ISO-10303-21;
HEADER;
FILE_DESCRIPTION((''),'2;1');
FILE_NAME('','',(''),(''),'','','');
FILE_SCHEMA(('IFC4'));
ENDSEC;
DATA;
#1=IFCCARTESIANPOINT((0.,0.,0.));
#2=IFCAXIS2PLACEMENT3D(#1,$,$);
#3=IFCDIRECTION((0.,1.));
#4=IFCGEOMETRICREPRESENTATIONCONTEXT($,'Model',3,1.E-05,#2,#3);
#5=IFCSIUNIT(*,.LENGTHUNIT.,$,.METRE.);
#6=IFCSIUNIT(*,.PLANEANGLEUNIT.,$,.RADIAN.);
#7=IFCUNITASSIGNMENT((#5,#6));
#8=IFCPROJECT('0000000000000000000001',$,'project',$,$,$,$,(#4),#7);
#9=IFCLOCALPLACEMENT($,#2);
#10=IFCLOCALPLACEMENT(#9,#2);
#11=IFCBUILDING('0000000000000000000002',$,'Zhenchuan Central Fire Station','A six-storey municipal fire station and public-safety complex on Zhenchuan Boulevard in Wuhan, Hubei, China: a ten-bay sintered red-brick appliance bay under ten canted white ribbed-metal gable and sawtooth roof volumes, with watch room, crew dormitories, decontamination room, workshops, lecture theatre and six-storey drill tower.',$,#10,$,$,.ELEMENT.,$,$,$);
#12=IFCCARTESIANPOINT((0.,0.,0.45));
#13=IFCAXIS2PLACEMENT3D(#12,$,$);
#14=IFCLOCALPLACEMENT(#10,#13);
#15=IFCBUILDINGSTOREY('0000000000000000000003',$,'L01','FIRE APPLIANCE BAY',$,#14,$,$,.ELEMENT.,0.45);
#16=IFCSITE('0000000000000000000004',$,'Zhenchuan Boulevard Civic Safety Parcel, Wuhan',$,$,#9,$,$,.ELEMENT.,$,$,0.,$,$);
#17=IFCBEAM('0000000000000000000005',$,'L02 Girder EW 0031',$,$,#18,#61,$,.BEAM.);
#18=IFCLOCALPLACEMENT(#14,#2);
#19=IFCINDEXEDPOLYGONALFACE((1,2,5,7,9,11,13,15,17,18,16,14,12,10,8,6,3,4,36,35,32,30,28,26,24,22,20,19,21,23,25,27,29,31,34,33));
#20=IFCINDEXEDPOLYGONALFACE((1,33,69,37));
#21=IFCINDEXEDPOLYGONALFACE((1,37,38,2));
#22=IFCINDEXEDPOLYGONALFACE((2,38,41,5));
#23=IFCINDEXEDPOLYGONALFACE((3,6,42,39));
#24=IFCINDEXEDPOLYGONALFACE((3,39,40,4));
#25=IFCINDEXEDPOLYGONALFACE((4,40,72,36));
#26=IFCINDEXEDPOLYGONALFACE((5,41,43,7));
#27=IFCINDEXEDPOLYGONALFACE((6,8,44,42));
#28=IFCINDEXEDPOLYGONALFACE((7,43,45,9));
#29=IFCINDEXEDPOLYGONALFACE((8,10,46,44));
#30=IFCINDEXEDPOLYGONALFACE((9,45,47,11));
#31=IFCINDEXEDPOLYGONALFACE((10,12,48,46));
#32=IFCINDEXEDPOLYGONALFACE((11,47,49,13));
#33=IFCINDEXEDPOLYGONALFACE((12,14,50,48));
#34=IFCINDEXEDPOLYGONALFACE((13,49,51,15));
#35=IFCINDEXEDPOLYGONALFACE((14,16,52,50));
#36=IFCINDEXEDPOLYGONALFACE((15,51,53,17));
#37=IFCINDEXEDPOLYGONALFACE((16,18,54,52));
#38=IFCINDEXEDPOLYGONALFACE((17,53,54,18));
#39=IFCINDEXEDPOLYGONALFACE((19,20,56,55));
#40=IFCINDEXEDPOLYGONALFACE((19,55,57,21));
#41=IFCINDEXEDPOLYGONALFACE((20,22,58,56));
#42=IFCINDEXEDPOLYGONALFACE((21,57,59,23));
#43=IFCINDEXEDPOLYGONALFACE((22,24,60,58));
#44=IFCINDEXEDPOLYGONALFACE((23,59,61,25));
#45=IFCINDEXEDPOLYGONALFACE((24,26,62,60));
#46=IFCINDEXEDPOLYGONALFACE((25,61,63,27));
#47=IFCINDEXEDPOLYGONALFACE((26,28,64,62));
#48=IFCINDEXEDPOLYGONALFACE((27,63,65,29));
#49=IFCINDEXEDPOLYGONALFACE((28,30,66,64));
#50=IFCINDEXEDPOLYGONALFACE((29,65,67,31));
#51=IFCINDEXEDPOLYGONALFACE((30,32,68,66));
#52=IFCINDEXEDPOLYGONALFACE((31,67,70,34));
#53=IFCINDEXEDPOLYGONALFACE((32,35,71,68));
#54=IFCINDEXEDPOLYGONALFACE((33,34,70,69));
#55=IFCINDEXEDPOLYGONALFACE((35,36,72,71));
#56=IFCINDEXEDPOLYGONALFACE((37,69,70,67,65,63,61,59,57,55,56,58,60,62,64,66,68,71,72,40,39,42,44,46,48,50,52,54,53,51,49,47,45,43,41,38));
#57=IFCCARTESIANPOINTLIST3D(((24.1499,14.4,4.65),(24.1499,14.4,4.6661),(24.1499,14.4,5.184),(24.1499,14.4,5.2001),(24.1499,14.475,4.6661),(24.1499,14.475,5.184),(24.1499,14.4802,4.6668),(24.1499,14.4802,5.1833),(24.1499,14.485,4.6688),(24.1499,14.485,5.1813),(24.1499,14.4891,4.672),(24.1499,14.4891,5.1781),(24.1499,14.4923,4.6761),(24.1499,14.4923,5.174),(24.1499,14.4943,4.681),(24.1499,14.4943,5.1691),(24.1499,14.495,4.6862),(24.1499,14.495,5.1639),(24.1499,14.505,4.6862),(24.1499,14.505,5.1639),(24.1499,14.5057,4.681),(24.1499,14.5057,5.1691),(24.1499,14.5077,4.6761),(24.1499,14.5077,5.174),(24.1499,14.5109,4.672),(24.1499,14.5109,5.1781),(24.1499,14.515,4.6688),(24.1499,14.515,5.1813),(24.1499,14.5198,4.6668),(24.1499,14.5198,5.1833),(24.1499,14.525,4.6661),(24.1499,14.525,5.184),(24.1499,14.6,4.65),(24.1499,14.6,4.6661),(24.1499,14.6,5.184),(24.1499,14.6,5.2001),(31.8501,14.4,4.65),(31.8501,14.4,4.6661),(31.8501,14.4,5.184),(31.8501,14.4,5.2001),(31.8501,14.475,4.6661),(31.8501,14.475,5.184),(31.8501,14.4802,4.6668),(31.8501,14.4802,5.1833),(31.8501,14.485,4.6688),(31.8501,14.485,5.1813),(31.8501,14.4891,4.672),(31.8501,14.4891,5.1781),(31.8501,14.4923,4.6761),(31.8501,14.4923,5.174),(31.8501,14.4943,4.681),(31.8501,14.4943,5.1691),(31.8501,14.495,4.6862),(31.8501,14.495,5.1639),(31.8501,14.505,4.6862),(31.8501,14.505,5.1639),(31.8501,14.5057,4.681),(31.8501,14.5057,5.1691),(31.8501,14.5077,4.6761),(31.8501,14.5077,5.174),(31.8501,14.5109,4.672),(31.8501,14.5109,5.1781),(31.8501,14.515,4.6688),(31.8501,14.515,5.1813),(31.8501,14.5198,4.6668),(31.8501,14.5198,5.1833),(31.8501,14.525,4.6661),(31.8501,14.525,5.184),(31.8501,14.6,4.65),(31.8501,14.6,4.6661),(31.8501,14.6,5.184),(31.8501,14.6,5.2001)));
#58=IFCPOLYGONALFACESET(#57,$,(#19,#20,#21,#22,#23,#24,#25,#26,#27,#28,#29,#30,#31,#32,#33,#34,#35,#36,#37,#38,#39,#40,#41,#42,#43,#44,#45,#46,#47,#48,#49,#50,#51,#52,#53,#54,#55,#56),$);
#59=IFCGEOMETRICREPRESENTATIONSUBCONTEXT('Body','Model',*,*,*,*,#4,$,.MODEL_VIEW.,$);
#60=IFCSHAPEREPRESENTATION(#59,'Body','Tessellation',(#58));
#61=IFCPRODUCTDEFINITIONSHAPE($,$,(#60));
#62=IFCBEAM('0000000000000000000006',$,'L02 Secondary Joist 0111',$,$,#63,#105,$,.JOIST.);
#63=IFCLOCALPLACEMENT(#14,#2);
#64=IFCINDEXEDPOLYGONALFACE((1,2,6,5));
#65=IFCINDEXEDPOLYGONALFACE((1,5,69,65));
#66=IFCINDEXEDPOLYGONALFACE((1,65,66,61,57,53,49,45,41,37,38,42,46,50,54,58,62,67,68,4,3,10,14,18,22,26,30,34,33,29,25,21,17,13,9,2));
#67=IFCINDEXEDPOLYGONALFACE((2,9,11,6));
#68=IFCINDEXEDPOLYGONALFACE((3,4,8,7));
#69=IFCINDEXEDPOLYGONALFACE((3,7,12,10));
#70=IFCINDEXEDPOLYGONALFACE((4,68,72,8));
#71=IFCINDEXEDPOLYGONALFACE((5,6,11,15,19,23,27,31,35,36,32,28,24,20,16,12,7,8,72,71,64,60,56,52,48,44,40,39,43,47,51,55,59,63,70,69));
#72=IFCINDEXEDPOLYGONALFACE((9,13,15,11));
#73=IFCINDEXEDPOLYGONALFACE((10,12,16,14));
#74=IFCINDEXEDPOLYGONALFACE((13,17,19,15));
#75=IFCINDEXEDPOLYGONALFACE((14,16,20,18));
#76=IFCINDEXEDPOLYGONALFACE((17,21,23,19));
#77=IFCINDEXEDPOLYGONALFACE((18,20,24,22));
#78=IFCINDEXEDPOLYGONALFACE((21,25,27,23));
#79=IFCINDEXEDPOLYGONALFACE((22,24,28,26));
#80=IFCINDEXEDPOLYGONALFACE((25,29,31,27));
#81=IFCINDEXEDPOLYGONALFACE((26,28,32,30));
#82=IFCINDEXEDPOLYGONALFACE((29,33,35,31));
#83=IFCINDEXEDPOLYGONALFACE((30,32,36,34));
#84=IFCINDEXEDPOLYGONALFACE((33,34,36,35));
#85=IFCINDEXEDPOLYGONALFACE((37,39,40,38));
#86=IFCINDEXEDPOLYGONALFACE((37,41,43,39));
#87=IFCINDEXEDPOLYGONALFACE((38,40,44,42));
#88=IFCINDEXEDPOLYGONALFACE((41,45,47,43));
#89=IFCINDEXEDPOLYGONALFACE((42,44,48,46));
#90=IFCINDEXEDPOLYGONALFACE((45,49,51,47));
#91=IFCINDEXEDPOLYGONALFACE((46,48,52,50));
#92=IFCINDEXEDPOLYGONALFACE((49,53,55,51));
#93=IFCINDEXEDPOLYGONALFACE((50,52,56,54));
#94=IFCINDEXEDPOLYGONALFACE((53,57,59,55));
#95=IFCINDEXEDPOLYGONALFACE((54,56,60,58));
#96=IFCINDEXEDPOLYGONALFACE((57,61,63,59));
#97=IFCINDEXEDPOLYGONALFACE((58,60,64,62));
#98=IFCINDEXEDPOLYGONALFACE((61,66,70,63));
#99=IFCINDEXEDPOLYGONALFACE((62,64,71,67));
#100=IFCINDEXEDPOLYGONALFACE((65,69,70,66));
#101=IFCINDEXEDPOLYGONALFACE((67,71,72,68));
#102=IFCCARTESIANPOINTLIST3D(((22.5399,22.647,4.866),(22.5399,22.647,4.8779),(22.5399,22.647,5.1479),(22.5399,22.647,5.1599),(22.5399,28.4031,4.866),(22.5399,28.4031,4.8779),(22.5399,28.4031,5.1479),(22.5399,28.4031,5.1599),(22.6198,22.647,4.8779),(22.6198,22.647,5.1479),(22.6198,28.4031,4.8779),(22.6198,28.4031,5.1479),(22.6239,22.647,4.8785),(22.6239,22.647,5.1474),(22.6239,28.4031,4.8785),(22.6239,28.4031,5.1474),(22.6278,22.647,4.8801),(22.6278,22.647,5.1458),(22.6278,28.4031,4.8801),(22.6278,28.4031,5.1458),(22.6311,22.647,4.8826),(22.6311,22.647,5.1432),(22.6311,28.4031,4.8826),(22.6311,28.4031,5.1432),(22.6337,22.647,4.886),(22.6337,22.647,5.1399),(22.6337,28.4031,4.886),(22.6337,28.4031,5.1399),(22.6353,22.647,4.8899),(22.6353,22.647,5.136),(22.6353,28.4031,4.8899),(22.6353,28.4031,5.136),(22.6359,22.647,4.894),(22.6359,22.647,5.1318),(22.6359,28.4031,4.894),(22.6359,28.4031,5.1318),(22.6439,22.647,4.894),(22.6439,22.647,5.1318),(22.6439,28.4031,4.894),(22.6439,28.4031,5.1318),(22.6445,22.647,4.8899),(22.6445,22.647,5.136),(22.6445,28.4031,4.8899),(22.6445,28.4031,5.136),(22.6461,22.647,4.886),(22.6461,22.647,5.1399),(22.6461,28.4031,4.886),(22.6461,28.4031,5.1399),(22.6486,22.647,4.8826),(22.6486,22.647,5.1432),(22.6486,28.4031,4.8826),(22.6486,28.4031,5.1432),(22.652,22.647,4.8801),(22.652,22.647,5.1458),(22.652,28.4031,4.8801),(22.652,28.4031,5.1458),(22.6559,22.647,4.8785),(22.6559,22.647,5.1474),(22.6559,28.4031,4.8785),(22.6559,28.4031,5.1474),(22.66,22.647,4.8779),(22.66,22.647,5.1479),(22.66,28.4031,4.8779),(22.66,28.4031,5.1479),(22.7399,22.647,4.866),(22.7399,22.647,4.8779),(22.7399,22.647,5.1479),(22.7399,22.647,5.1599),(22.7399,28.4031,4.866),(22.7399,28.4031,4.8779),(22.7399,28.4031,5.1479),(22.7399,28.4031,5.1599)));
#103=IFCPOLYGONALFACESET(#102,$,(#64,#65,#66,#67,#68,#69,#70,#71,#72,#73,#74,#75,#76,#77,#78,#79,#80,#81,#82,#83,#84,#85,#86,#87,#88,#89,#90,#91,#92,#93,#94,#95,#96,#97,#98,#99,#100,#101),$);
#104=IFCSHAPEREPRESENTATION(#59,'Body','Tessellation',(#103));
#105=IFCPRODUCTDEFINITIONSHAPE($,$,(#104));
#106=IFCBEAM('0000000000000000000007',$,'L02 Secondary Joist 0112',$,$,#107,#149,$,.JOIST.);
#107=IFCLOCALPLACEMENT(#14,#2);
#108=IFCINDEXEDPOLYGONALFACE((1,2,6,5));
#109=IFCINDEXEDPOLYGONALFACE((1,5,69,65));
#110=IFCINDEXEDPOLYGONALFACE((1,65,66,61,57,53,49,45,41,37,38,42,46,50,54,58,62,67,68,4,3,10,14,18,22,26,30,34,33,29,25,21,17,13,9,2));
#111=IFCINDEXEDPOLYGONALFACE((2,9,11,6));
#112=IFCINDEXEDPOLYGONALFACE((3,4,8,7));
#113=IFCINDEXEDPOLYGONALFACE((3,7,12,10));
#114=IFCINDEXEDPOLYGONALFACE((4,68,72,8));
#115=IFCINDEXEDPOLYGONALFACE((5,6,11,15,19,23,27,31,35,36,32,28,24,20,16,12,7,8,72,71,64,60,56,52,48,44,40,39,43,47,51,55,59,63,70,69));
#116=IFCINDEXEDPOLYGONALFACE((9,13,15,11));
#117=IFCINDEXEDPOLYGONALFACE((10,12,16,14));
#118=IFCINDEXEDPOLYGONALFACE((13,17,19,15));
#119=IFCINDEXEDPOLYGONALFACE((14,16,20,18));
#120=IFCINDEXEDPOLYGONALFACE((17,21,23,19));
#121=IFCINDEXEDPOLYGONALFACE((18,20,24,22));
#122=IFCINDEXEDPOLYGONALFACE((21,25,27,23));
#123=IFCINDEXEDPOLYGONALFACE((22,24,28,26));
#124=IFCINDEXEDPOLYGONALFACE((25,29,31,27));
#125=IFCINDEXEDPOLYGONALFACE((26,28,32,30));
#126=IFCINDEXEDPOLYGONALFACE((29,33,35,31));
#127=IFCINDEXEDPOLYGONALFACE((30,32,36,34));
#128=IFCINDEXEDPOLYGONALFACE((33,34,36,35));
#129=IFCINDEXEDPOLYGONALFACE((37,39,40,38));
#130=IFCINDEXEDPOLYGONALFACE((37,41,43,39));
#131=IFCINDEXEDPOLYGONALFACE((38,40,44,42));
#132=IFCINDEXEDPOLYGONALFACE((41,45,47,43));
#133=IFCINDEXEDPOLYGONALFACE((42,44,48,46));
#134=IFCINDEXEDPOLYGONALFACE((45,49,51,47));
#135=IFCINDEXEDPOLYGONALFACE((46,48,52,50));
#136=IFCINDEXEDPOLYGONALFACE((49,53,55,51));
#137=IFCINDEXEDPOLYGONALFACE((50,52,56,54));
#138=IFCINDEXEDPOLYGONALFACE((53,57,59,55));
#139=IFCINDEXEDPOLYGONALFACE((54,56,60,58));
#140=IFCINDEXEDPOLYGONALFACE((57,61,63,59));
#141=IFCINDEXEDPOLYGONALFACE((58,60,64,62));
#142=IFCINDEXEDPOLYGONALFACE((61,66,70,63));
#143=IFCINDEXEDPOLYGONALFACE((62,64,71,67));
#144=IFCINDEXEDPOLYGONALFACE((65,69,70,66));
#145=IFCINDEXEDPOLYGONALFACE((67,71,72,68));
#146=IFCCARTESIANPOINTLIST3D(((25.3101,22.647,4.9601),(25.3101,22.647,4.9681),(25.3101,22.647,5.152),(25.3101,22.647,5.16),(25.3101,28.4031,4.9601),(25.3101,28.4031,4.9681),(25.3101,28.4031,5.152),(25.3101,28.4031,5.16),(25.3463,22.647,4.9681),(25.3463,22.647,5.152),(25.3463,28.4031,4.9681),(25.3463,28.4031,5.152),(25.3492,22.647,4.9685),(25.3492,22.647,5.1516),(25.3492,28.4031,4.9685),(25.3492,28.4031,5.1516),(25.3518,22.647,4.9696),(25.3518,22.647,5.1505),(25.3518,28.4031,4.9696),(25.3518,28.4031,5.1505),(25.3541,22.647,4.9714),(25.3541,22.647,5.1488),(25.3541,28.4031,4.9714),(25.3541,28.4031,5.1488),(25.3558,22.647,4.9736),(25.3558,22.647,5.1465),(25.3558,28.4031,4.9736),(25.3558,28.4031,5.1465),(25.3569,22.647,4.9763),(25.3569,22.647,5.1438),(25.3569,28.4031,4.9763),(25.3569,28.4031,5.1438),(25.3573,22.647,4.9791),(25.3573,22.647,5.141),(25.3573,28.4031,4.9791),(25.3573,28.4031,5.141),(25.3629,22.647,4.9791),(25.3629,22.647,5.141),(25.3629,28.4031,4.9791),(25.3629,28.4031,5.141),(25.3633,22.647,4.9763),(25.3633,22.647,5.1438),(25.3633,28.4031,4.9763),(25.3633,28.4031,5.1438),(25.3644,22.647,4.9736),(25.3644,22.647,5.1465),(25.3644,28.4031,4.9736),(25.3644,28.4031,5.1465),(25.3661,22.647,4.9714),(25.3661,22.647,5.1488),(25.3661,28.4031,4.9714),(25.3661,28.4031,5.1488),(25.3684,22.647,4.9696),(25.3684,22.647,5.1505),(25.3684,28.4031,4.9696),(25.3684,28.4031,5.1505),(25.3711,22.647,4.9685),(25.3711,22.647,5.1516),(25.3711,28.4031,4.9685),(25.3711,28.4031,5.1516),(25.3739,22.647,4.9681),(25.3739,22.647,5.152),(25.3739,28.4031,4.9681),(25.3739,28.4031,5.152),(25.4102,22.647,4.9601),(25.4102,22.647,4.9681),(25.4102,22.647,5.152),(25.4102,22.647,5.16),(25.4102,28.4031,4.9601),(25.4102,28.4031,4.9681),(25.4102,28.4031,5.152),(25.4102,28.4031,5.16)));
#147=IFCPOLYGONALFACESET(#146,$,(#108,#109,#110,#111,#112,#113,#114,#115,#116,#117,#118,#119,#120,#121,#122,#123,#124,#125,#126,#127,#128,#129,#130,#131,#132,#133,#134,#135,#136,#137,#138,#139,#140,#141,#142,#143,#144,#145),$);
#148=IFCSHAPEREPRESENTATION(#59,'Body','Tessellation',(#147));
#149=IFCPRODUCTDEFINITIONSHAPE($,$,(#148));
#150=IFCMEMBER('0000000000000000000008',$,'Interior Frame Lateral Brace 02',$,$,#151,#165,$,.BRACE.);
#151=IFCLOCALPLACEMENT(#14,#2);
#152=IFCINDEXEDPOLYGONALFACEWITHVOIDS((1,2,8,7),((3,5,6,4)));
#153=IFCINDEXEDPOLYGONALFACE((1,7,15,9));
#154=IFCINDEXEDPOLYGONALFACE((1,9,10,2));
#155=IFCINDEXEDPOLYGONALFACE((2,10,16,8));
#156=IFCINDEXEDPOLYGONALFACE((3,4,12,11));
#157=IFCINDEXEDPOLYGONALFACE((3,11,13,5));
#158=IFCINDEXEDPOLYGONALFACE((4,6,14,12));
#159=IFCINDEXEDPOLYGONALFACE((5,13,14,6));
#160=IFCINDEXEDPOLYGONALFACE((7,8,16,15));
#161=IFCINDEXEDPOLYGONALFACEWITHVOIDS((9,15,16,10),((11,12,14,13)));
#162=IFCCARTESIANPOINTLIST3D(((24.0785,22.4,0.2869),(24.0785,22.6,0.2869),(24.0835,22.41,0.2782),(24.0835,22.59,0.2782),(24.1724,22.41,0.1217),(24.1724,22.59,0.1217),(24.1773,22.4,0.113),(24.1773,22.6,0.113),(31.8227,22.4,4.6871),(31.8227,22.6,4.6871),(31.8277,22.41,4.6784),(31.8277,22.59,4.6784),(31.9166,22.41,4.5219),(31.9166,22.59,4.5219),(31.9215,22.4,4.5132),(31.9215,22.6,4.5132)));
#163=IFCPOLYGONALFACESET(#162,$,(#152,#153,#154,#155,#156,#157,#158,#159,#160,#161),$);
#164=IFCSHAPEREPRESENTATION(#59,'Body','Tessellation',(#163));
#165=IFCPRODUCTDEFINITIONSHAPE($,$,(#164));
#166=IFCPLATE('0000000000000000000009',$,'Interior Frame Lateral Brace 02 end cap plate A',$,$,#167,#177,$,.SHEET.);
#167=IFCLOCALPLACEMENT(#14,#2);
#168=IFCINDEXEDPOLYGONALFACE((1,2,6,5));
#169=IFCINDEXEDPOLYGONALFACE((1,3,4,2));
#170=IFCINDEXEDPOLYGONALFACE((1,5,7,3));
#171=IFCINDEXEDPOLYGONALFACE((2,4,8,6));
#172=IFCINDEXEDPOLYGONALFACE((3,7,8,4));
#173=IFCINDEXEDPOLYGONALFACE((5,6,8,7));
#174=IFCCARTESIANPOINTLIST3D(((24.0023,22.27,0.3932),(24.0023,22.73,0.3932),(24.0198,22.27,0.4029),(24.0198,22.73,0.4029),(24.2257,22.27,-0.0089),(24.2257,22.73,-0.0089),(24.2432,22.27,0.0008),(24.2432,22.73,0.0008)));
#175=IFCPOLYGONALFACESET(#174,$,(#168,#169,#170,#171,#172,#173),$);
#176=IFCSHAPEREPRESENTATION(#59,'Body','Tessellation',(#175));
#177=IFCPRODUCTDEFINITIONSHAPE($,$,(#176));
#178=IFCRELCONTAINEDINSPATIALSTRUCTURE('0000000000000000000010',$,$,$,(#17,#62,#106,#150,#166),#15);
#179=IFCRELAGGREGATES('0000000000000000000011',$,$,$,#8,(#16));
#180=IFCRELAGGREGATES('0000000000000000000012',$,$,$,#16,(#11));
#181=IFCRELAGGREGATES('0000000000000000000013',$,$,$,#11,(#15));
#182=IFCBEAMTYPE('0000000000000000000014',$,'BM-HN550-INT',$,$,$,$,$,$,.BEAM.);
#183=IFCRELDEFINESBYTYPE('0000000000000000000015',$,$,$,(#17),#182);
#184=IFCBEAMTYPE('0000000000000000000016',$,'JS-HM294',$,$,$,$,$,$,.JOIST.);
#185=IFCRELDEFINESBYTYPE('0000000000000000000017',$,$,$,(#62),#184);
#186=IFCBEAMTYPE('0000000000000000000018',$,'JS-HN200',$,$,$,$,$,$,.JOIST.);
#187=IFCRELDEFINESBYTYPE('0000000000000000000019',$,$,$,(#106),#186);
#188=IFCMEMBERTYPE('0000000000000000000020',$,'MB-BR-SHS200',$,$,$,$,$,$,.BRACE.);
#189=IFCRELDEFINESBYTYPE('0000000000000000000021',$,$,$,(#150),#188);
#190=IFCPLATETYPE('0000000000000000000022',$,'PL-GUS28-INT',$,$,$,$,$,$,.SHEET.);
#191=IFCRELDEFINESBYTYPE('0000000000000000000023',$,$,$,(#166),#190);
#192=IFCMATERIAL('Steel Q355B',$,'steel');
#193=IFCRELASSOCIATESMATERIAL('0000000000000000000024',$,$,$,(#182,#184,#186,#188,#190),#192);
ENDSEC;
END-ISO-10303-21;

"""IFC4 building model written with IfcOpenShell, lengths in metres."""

from ifc_helpers import new_model, si_unit, direction, frame, origin, origin_2d, place, context, subcontext, project, spatial, rectangle, hollow_rectangle, i_section, extrude, material, material_profile, profile_set, type_object, element, save


model = new_model("IFC4")

# Units and contexts
model_context = context("Model", 3, precision=1e-05, world=origin(), true_north=direction((0.0, 1.0)))
body_context = subcontext(model_context, "Body", "Model", "MODEL_VIEW")
ifc_project = project(units=[si_unit("LENGTHUNIT", "METRE"), si_unit("PLANEANGLEUNIT", "RADIAN")], contexts=[model_context])

# Site, building, storey
site_placement = place(None, origin())
site = spatial("IfcSite", under=ifc_project, at=site_placement, Name="Zhenchuan Boulevard Civic Safety Parcel, Wuhan", CompositionType="ELEMENT", RefElevation=0.0)
building_placement = place(site_placement, origin())
building = spatial("IfcBuilding", under=site, at=building_placement, Name="Zhenchuan Central Fire Station", Description="A six-storey municipal fire station and public-safety complex on Zhenchuan Boulevard in Wuhan, Hubei, China: a ten-bay sintered red-brick appliance bay under ten canted white ribbed-metal gable and sawtooth roof volumes, with watch room, crew dormitories, decontamination room, workshops, lecture theatre and six-storey drill tower.", CompositionType="ELEMENT")
storey_placement = place(building_placement, frame((0.0, 0.0, 0.45)))
storey = spatial("IfcBuildingStorey", under=building, at=storey_placement, Name="L01", Description="FIRE APPLIANCE BAY", CompositionType="ELEMENT", Elevation=0.45)

# Shared definitions
ifc_material_1 = material(Name="Steel Q355B", Category="steel")

# Beams
ifc_material_profile_1 = material_profile(ifc_material_1, i_section(OverallWidth=0.2, OverallDepth=0.55, WebThickness=0.01, FlangeThickness=0.0161, FilletRadius=0.02, at=origin_2d()), Name="HN 550x200")
ifc_profile_set_1 = profile_set([ifc_material_profile_1], Name="Steel Q355B")
beam_type_1 = type_object("IfcBeamType", Name="BM-HN550-INT", PredefinedType="BEAM", material=ifc_profile_set_1)
beam_1_placement = place(storey_placement, frame((24.1499, 14.5, 4.925), z_axis=(1.0, 0.0, 0.0), x_axis=(0.0, 1.0, 0.0)))
element("IfcBeam", 1, at=beam_1_placement, inside=storey, type_object=beam_type_1, Name="L02 Girder EW 0031", PredefinedType="BEAM", context=body_context, shape_type="SweptSolid", body=[
    extrude(i_section(OverallWidth=0.2, OverallDepth=0.55, WebThickness=0.01, FlangeThickness=0.0161, FilletRadius=0.02, at=origin_2d()), origin(), (0.0, 0.0, 1.0), 7.7002),
])
ifc_material_profile_2 = material_profile(ifc_material_1, i_section(OverallWidth=0.2, OverallDepth=0.2939, WebThickness=0.0081, FlangeThickness=0.012, FilletRadius=0.0161, at=origin_2d()), Name="HM 294x200")
ifc_profile_set_2 = profile_set([ifc_material_profile_2], Name="Steel Q355B")
beam_type_2 = type_object("IfcBeamType", Name="JS-HM294", PredefinedType="JOIST", material=ifc_profile_set_2)
beam_2_placement = place(storey_placement, frame((22.6399, 22.647, 5.0129), z_axis=(0.0, 1.0, 0.0), x_axis=(-1.0, 0.0, 0.0)))
element("IfcBeam", 2, at=beam_2_placement, inside=storey, type_object=beam_type_2, Name="L02 Secondary Joist 0111", PredefinedType="JOIST", context=body_context, shape_type="SweptSolid", body=[
    extrude(i_section(OverallWidth=0.2, OverallDepth=0.2939, WebThickness=0.0081, FlangeThickness=0.012, FilletRadius=0.0161, at=origin_2d()), origin(), (0.0, 0.0, 1.0), 5.7561),
])
ifc_material_profile_3 = material_profile(ifc_material_1, i_section(OverallWidth=0.1001, OverallDepth=0.2, WebThickness=0.0056, FlangeThickness=0.0081, FilletRadius=0.011, at=origin_2d()), Name="HN 200x100")
ifc_profile_set_3 = profile_set([ifc_material_profile_3], Name="Steel Q355B")
beam_type_3 = type_object("IfcBeamType", Name="JS-HN200", PredefinedType="JOIST", material=ifc_profile_set_3)
beam_3_placement = place(storey_placement, frame((25.3601, 22.647, 5.0601), z_axis=(0.0, 1.0, 0.0), x_axis=(-1.0, 0.0, 0.0)))
element("IfcBeam", 3, at=beam_3_placement, inside=storey, type_object=beam_type_3, Name="L02 Secondary Joist 0112", PredefinedType="JOIST", context=body_context, shape_type="SweptSolid", body=[
    extrude(i_section(OverallWidth=0.1001, OverallDepth=0.2, WebThickness=0.0056, FlangeThickness=0.0081, FilletRadius=0.011, at=origin_2d()), origin(), (0.0, 0.0, 1.0), 5.7561),
])

# Member
ifc_material_profile_4 = material_profile(ifc_material_1, hollow_rectangle(XDim=0.2, YDim=0.2, WallThickness=0.01, at=origin_2d()), Name="SHS 200x200x10")
ifc_profile_set_4 = profile_set([ifc_material_profile_4], Name="Steel Q355B")
member_type = type_object("IfcMemberType", Name="MB-BR-SHS200", PredefinedType="BRACE", material=ifc_profile_set_4)
member_placement = place(storey_placement, frame((24.1279, 22.5, 0.2), z_axis=(0.869453, 0.0, 0.494015), x_axis=(0.0, 1.0, 0.0)))
element("IfcMember", 4, at=member_placement, inside=storey, type_object=member_type, Name="Interior Frame Lateral Brace 02", PredefinedType="BRACE", context=body_context, shape_type="SweptSolid", body=[
    extrude(hollow_rectangle(XDim=0.2, YDim=0.2, WallThickness=0.01, at=origin_2d()), origin(), (0.0, 0.0, 1.0), 8.907),
])

# Plate
ifc_material_profile_5 = material_profile(ifc_material_1, rectangle(XDim=0.46, YDim=0.46, at=origin_2d()), Name="PL 460x460x28")
ifc_profile_set_5 = profile_set([ifc_material_profile_5], Name="Steel Q355B")
plate_type = type_object("IfcPlateType", Name="PL-GUS28-INT", PredefinedType="SHEET", material=ifc_profile_set_5)
plate_placement = place(storey_placement, frame((24.114, 22.5, 0.1921), z_axis=(0.874157, 0.0, 0.485643), x_axis=(0.0, 1.0, 0.0)))
element("IfcPlate", 5, at=plate_placement, inside=storey, type_object=plate_type, Name="Interior Frame Lateral Brace 02 end cap plate A", PredefinedType="SHEET", context=body_context, shape_type="SweptSolid", body=[
    extrude(rectangle(XDim=0.46, YDim=0.46, at=origin_2d()), origin(), (0.0, 0.0, 1.0), 0.02),
])

save(model, "model.ifc")
